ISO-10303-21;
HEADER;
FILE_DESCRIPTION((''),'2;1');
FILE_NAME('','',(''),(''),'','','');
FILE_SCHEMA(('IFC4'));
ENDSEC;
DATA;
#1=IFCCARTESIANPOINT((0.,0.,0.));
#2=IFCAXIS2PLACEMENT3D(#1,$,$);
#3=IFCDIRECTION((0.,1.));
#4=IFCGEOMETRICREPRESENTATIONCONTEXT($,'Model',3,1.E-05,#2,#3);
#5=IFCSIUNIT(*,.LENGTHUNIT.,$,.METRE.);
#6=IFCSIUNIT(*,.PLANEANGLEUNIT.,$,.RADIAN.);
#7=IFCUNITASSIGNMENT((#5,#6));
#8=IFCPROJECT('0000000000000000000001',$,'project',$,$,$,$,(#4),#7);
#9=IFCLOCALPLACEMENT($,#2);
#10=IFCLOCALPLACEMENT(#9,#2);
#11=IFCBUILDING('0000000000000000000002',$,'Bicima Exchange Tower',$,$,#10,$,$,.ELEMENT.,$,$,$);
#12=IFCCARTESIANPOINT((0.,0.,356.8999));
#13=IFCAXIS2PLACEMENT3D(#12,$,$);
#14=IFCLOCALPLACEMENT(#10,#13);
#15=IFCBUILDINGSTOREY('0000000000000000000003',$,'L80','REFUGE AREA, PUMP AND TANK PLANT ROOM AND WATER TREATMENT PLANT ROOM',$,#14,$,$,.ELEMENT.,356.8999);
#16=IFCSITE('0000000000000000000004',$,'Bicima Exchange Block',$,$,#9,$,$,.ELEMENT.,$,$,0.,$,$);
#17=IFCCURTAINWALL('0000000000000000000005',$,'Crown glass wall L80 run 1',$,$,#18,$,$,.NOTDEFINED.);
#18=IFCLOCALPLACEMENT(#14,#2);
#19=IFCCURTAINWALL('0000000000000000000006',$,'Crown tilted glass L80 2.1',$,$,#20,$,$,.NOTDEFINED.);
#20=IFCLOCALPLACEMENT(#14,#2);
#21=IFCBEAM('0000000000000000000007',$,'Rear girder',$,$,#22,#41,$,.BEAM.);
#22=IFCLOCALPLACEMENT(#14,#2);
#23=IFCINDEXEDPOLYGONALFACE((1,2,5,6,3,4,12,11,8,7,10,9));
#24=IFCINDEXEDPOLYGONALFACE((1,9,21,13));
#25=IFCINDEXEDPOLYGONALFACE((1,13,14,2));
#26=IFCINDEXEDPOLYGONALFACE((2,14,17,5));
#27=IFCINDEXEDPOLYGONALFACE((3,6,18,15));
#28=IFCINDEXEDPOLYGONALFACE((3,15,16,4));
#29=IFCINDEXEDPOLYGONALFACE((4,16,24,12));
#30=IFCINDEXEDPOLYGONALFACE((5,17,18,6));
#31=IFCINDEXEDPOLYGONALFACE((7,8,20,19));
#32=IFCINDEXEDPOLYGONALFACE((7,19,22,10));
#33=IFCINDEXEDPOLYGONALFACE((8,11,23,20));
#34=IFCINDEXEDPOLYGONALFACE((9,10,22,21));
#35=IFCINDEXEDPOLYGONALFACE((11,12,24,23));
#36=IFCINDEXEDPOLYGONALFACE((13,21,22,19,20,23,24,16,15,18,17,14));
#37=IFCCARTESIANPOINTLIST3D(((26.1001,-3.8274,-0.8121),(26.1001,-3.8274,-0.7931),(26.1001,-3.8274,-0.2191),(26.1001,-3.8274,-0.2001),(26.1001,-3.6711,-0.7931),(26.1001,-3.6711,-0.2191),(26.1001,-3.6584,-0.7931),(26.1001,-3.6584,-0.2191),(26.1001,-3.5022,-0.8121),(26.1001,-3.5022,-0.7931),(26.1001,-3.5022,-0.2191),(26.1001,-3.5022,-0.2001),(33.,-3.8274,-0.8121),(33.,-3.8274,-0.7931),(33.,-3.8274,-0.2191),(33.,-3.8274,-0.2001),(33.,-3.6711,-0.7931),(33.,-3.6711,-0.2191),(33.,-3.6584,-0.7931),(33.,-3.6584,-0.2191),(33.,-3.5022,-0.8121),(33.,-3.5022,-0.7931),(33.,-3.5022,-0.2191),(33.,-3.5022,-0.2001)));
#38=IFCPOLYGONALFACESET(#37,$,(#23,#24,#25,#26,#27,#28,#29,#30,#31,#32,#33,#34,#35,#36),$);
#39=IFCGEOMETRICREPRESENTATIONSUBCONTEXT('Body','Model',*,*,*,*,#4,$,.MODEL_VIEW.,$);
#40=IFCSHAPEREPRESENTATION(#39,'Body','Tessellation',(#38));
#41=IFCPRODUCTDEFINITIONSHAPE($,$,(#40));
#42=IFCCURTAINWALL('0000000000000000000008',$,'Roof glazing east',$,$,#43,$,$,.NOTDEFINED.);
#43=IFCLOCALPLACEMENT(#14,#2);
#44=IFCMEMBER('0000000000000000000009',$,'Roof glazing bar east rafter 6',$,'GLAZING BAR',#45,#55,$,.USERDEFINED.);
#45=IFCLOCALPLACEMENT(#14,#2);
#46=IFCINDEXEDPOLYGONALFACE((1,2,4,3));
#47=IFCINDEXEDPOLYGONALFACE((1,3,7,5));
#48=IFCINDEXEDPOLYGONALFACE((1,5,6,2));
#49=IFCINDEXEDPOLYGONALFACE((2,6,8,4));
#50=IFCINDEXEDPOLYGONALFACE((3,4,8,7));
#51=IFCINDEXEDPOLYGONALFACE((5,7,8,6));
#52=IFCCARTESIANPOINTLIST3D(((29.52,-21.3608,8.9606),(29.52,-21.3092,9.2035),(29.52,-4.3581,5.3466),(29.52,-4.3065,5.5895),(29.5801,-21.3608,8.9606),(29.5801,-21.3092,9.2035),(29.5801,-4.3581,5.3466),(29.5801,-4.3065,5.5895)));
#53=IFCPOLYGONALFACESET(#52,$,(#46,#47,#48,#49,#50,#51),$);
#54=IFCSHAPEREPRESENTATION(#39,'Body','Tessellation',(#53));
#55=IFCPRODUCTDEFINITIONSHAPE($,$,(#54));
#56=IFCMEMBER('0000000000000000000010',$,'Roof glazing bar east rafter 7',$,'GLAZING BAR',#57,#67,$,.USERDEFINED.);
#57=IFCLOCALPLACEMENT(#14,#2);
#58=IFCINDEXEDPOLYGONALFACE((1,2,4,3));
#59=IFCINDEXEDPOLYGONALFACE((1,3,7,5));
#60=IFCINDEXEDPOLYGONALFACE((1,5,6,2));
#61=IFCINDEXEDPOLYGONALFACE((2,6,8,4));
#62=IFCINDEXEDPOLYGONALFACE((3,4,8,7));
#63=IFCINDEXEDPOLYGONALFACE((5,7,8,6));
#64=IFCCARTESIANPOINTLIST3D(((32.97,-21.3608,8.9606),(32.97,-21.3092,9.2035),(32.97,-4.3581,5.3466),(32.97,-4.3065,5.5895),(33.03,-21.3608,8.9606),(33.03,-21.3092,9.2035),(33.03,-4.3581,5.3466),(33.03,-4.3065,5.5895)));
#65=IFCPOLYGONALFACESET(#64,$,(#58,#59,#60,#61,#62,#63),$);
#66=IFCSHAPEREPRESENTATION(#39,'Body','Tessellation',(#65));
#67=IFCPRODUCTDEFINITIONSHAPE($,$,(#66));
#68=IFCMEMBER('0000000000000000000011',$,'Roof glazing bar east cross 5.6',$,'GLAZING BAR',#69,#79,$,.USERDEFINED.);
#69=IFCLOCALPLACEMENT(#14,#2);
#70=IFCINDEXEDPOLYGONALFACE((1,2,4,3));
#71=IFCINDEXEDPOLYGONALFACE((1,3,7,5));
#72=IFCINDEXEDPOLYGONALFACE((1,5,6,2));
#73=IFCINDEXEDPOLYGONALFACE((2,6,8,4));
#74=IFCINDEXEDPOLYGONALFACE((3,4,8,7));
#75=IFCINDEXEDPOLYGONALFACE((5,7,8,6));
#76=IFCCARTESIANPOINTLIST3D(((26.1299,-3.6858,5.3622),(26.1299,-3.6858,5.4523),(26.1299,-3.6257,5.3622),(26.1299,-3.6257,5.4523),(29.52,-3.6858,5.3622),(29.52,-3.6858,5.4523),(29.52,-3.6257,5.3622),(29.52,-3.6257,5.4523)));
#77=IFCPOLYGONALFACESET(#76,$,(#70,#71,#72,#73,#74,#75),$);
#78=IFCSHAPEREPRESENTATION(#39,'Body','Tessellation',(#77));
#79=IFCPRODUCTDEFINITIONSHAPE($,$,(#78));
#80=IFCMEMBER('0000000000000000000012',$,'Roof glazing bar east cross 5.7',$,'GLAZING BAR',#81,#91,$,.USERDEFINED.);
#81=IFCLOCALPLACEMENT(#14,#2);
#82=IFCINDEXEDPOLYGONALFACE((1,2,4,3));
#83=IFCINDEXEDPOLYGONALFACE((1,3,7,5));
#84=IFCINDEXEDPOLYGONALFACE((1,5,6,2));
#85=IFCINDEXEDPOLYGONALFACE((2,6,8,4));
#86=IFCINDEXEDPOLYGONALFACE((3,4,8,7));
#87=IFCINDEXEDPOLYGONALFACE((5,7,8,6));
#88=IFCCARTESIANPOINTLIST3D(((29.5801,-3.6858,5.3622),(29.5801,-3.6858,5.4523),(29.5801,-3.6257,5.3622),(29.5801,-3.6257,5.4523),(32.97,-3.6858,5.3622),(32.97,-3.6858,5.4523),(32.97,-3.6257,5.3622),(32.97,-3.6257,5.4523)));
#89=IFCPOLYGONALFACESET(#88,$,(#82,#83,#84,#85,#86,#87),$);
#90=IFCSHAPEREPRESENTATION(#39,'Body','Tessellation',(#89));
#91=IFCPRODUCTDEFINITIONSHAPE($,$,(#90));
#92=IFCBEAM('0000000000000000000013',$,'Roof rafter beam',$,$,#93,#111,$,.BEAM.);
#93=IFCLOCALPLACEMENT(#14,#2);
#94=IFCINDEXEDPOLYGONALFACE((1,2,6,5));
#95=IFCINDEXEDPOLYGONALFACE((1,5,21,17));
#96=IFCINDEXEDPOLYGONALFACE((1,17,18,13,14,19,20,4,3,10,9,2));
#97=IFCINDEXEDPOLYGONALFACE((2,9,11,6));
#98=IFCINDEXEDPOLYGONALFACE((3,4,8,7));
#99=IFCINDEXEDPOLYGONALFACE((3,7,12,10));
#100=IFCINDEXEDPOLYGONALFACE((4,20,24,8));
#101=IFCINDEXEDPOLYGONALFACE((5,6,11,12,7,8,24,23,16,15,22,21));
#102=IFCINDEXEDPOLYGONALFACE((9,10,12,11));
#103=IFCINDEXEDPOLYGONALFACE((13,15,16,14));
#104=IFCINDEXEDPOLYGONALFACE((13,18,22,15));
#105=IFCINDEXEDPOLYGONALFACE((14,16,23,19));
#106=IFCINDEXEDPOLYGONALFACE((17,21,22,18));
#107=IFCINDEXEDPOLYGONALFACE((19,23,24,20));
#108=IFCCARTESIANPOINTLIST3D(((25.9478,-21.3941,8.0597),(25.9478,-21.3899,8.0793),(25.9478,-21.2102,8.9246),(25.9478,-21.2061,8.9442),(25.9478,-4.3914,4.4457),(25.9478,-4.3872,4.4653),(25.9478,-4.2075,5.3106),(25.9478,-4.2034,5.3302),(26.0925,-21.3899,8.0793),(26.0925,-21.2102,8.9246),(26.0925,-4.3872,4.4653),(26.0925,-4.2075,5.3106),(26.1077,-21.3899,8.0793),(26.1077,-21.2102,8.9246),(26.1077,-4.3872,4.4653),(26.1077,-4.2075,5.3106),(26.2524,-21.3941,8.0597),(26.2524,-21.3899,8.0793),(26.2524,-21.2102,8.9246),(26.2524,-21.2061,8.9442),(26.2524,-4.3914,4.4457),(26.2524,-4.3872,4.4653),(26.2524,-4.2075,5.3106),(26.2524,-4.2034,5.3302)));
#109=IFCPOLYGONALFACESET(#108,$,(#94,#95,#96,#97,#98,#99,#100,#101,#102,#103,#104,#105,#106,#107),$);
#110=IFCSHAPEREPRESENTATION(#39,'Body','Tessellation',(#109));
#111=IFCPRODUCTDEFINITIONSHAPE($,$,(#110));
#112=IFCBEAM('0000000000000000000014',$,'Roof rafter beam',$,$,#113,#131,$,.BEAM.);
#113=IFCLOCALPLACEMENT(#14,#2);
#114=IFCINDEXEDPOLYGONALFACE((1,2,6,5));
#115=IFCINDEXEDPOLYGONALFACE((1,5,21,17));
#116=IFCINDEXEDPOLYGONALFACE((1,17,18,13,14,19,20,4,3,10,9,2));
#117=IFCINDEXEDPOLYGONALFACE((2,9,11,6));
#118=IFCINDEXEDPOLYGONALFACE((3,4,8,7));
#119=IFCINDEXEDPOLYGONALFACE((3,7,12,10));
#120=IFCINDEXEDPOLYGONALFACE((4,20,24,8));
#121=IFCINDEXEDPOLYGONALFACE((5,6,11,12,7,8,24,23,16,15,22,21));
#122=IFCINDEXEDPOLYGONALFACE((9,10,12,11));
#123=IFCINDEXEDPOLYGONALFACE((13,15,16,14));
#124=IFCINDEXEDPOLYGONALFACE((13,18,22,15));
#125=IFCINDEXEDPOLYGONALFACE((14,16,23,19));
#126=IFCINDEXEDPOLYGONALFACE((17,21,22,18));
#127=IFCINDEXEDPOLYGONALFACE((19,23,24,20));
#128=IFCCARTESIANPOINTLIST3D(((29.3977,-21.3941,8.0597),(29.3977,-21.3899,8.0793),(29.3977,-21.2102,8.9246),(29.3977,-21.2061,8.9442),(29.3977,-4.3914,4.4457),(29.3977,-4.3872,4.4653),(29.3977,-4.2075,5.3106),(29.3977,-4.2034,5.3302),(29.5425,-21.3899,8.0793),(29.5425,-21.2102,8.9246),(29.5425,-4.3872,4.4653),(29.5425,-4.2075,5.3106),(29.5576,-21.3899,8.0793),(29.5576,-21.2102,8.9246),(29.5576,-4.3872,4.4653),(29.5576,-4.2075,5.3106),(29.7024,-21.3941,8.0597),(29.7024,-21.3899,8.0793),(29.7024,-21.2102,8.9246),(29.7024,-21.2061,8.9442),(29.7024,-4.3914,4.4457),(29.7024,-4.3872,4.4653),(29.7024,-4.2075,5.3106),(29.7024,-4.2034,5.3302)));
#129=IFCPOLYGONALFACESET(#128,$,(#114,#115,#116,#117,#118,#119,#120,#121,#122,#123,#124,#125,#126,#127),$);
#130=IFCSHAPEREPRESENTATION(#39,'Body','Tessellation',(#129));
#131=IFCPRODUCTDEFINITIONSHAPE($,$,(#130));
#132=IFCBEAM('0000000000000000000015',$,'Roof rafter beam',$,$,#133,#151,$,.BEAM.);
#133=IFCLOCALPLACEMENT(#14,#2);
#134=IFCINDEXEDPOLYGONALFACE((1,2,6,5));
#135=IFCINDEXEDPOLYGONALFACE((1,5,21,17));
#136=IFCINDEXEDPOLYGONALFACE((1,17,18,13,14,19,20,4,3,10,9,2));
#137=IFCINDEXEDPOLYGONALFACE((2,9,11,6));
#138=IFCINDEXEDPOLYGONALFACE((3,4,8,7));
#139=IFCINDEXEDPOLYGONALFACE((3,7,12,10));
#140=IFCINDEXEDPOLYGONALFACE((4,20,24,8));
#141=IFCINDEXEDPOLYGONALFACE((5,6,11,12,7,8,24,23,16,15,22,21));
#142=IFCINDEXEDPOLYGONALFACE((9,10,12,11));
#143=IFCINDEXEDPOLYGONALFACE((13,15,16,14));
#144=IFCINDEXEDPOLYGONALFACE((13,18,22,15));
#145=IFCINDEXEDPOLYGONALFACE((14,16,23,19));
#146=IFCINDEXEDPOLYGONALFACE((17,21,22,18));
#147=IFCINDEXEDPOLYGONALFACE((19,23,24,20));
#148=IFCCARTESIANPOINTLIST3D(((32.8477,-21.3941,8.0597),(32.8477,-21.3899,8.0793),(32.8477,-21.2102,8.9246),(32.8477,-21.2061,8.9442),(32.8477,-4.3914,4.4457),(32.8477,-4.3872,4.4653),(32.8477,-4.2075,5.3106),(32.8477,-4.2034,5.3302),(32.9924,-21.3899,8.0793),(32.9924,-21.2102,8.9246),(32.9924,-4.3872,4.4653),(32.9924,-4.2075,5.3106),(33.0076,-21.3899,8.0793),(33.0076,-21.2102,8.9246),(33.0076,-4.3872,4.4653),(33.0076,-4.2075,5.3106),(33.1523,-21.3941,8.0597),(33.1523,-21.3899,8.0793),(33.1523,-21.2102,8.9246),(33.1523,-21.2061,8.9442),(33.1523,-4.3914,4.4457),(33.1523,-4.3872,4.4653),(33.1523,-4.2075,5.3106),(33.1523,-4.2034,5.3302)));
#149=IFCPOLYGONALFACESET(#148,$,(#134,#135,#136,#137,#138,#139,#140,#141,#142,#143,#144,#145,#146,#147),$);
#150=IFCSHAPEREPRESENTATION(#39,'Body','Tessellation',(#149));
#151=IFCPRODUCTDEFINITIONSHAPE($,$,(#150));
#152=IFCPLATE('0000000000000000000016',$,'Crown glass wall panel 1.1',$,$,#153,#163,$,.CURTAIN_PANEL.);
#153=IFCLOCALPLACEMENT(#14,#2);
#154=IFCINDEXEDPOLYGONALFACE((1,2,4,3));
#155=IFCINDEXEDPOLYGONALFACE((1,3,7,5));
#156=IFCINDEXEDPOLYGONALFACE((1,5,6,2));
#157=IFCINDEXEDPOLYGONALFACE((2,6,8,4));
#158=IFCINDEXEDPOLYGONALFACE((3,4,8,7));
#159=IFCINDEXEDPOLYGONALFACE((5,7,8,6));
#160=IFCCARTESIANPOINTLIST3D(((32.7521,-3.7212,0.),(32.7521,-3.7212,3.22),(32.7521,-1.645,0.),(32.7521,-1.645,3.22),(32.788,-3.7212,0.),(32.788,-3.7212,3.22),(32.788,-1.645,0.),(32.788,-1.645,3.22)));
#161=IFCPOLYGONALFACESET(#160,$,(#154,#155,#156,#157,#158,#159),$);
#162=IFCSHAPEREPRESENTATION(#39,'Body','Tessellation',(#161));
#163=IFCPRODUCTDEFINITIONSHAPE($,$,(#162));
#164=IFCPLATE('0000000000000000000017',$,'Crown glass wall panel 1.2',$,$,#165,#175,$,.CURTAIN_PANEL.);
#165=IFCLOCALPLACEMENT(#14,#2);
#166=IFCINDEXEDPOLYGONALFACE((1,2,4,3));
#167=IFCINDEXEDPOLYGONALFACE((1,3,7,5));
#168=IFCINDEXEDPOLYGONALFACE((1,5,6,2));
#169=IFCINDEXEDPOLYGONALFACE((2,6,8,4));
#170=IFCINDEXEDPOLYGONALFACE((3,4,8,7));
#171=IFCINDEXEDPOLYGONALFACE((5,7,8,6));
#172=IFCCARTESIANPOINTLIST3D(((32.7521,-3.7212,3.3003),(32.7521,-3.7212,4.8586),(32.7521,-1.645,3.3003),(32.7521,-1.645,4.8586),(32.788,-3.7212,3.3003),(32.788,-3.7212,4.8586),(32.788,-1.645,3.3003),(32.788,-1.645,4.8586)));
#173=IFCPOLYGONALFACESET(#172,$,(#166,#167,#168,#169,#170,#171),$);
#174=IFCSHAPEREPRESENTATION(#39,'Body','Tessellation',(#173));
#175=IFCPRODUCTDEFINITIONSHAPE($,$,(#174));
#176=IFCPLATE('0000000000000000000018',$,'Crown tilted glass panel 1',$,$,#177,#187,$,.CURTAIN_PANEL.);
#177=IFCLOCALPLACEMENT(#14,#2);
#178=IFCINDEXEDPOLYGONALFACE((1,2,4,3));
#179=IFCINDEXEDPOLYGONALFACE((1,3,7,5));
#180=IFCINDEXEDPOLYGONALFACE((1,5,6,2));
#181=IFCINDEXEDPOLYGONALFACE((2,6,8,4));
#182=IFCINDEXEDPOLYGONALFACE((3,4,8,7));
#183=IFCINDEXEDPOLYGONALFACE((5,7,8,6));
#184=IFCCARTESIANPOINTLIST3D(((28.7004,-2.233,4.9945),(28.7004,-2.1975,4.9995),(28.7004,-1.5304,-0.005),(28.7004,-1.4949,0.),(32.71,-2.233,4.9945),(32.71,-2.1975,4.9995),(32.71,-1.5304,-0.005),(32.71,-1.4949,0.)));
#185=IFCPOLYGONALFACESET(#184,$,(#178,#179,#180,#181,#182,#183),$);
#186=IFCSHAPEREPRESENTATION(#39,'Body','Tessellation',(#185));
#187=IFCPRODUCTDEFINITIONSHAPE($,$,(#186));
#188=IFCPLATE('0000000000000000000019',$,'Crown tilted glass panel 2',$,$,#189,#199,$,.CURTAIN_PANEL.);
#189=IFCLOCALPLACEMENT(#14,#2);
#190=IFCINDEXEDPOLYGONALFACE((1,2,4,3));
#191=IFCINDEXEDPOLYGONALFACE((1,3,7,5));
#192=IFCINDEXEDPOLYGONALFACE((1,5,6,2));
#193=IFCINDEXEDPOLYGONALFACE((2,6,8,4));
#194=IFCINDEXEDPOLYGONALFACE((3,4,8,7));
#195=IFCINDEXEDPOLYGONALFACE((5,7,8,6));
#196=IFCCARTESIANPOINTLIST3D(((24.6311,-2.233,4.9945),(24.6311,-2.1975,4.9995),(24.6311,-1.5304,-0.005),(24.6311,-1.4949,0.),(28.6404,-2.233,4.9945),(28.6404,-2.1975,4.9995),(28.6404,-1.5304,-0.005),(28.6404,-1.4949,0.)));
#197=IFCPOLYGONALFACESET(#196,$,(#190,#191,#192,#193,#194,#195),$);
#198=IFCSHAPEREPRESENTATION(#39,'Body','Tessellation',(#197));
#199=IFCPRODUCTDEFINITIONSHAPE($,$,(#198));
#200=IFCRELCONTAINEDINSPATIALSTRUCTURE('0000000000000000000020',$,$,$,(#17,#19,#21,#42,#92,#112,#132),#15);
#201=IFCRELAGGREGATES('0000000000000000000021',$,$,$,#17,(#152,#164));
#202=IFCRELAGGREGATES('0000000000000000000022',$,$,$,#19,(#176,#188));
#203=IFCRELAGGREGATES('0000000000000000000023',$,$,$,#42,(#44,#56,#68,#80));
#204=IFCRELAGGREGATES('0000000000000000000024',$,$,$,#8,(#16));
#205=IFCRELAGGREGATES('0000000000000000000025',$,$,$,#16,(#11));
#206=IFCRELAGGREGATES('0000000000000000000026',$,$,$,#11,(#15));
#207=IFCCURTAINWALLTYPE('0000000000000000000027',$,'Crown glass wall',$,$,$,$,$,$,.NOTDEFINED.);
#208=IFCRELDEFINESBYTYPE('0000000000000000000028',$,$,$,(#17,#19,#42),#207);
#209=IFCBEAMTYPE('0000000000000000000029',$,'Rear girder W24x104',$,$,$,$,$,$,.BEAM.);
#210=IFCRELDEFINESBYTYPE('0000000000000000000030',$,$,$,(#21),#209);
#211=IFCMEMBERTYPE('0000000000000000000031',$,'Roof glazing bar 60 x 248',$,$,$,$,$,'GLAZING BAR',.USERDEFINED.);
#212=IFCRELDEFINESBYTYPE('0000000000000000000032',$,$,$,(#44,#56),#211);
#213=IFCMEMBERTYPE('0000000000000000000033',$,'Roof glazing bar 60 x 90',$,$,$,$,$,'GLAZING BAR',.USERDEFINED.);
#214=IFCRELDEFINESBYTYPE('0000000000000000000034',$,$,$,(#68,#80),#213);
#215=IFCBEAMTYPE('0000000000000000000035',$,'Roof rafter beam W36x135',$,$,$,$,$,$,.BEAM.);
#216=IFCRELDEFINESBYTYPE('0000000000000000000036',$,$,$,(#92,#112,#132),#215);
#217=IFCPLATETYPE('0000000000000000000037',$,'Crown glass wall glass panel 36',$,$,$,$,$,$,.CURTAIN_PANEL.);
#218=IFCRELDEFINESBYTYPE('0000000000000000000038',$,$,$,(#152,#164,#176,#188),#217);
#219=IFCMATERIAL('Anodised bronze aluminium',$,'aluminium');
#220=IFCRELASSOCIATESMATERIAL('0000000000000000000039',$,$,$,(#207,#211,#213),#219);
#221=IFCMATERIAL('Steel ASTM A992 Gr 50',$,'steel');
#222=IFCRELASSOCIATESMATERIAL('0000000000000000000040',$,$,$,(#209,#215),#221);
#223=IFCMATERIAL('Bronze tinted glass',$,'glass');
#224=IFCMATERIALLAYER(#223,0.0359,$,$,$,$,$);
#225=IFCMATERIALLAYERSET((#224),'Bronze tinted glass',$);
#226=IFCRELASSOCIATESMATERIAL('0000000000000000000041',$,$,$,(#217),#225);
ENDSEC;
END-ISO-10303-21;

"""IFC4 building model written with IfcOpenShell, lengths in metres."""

from ifc_helpers import new_model, si_unit, direction, frame, origin, origin_2d, place, context, subcontext, project, spatial, polyline, rectangle, i_section, outline, extrude, material, layer, layer_set, material_profile, profile_set, type_object, element, aggregate, save


model = new_model("IFC4")

# Units and contexts
model_context = context("Model", 3, precision=1e-05, world=origin(), true_north=direction((0.0, 1.0)))
body_context = subcontext(model_context, "Body", "Model", "MODEL_VIEW")
ifc_project = project(units=[si_unit("LENGTHUNIT", "METRE"), si_unit("PLANEANGLEUNIT", "RADIAN")], contexts=[model_context])

# Site, building, storey
site_placement = place(None, origin())
site = spatial("IfcSite", under=ifc_project, at=site_placement, Name="Bicima Exchange Block", CompositionType="ELEMENT", RefElevation=0.0)
building_placement = place(site_placement, origin())
building = spatial("IfcBuilding", under=site, at=building_placement, Name="Bicima Exchange Tower", CompositionType="ELEMENT")
storey_placement = place(building_placement, frame((0.0, 0.0, 356.8999)))
storey = spatial("IfcBuildingStorey", under=building, at=storey_placement, Name="L80", Description="REFUGE AREA, PUMP AND TANK PLANT ROOM AND WATER TREATMENT PLANT ROOM", CompositionType="ELEMENT", Elevation=356.8999)

# Shared definitions
ifc_material_1 = material(Name="Steel ASTM A992 Gr 50", Category="steel")

# Curtain walls
ifc_material_2 = material(Name="Anodised bronze aluminium", Category="aluminium")
curtain_wall_type = type_object("IfcCurtainWallType", Name="Crown glass wall", PredefinedType="NOTDEFINED", material=ifc_material_2)
curtain_wall_1_placement = place(storey_placement, origin())
curtain_wall_1 = element("IfcCurtainWall", 1, at=curtain_wall_1_placement, inside=storey, type_object=curtain_wall_type, Name="Crown glass wall L80 run 1", PredefinedType="NOTDEFINED")
curtain_wall_2_placement = place(storey_placement, origin())
curtain_wall_2 = element("IfcCurtainWall", 2, at=curtain_wall_2_placement, inside=storey, type_object=curtain_wall_type, Name="Crown tilted glass L80 2.1", PredefinedType="NOTDEFINED")

# Beam
ifc_material_profile_1 = material_profile(ifc_material_1, i_section(OverallWidth=0.3252, OverallDepth=0.6121, WebThickness=0.0127, FlangeThickness=0.019, at=origin_2d()))
ifc_profile_set_1 = profile_set([ifc_material_profile_1], Name="Steel ASTM A992 Gr 50")
beam_type_1 = type_object("IfcBeamType", Name="Rear girder W24x104", PredefinedType="BEAM", material=ifc_profile_set_1)
beam_1_placement = place(storey_placement, frame((26.1001, -3.6648, -0.5061), z_axis=(1.0, 0.0, 0.0), x_axis=(0.0, 1.0, 0.0)))
element("IfcBeam", 3, at=beam_1_placement, inside=storey, type_object=beam_type_1, Name="Rear girder", PredefinedType="BEAM", context=body_context, shape_type="SweptSolid", body=[
    extrude(i_section(OverallWidth=0.3252, OverallDepth=0.6121, WebThickness=0.0127, FlangeThickness=0.019, at=origin_2d()), origin(), (0.0, 0.0, 1.0), 6.8999),
])

# Curtain wall, members
curtain_wall_3_placement = place(storey_placement, origin())
curtain_wall_3 = element("IfcCurtainWall", 4, at=curtain_wall_3_placement, inside=storey, type_object=curtain_wall_type, Name="Roof glazing east", PredefinedType="NOTDEFINED")
ifc_material_profile_2 = material_profile(ifc_material_2, rectangle(XDim=0.0601, YDim=0.2483, at=origin_2d()))
ifc_profile_set_2 = profile_set([ifc_material_profile_2], Name="Anodised bronze aluminium")
member_type_1 = type_object("IfcMemberType", Name="Roof glazing bar 60 x 248", ElementType="GLAZING BAR", PredefinedType="USERDEFINED", material=ifc_profile_set_2)
member_1_placement = place(storey_placement, frame((29.55, -4.3323, 5.468), z_axis=(0.0, -0.978148, 0.207911), x_axis=(1.0, 0.0, 0.0)))
member_1 = element("IfcMember", 5, at=member_1_placement, type_object=member_type_1, Name="Roof glazing bar east rafter 6", ObjectType="GLAZING BAR", PredefinedType="USERDEFINED", context=body_context, shape_type="SweptSolid", body=[
    extrude(rectangle(XDim=0.0601, YDim=0.2483, at=origin_2d()), origin(), (0.0, 0.0, 1.0), 17.3826),
])
member_2_placement = place(storey_placement, frame((33.0, -4.3323, 5.468), z_axis=(0.0, -0.978148, 0.207911), x_axis=(1.0, 0.0, 0.0)))
member_2 = element("IfcMember", 6, at=member_2_placement, type_object=member_type_1, Name="Roof glazing bar east rafter 7", ObjectType="GLAZING BAR", PredefinedType="USERDEFINED", context=body_context, shape_type="SweptSolid", body=[
    extrude(rectangle(XDim=0.0601, YDim=0.2483, at=origin_2d()), origin(), (0.0, 0.0, 1.0), 17.3826),
])
ifc_material_profile_3 = material_profile(ifc_material_2, rectangle(XDim=0.0601, YDim=0.0901, at=origin_2d()))
ifc_profile_set_3 = profile_set([ifc_material_profile_3], Name="Anodised bronze aluminium")
member_type_2 = type_object("IfcMemberType", Name="Roof glazing bar 60 x 90", ElementType="GLAZING BAR", PredefinedType="USERDEFINED", material=ifc_profile_set_3)
member_3_placement = place(storey_placement, frame((26.1299, -3.6558, 5.4072), z_axis=(1.0, 0.0, 0.0), x_axis=(0.0, 1.0, 0.0)))
member_3 = element("IfcMember", 7, at=member_3_placement, type_object=member_type_2, Name="Roof glazing bar east cross 5.6", ObjectType="GLAZING BAR", PredefinedType="USERDEFINED", context=body_context, shape_type="SweptSolid", body=[
    extrude(rectangle(XDim=0.0601, YDim=0.0901, at=origin_2d()), origin(), (0.0, 0.0, 1.0), 3.3901),
])
member_4_placement = place(storey_placement, frame((29.5801, -3.6558, 5.4072), z_axis=(1.0, 0.0, 0.0), x_axis=(0.0, 1.0, 0.0)))
member_4 = element("IfcMember", 8, at=member_4_placement, type_object=member_type_2, Name="Roof glazing bar east cross 5.7", ObjectType="GLAZING BAR", PredefinedType="USERDEFINED", context=body_context, shape_type="SweptSolid", body=[
    extrude(rectangle(XDim=0.0601, YDim=0.0901, at=origin_2d()), origin(), (0.0, 0.0, 1.0), 3.3899),
])

# Beams
ifc_material_profile_4 = material_profile(ifc_material_1, i_section(OverallWidth=0.3047, OverallDepth=0.9043, WebThickness=0.0151, FlangeThickness=0.02, at=origin_2d()))
ifc_profile_set_4 = profile_set([ifc_material_profile_4], Name="Steel ASTM A992 Gr 50")
beam_type_2 = type_object("IfcBeamType", Name="Roof rafter beam W36x135", PredefinedType="BEAM", material=ifc_profile_set_4)
for number, where, z_axis, x_axis, name in (
    (9, (26.1001, -4.2974, 4.8879), (0.0, -0.978148, 0.207911), (1.0, 0.0, 0.0), "Roof rafter beam"),
    (10, (29.55, -4.2974, 4.8879), (0.0, -0.978148, 0.207911), (1.0, 0.0, 0.0), "Roof rafter beam"),
    (11, (33.0, -4.2974, 4.8879), (0.0, -0.978148, 0.207911), (1.0, 0.0, 0.0), "Roof rafter beam"),
):
    element("IfcBeam", number, at=place(storey_placement, frame(where, z_axis=z_axis, x_axis=x_axis)), inside=storey, type_object=beam_type_2, Name=name, PredefinedType="BEAM", context=body_context, shape_type="SweptSolid", body=[
        extrude(i_section(OverallWidth=0.3047, OverallDepth=0.9043, WebThickness=0.0151, FlangeThickness=0.02, at=origin_2d()), origin(), (0.0, 0.0, 1.0), 17.3826),
    ])

# Plates
ifc_material_3 = material(Name="Bronze tinted glass", Category="glass")
ifc_layer_1 = layer(ifc_material_3, 0.0359)
ifc_layer_set_1 = layer_set([ifc_layer_1], Name="Bronze tinted glass")
plate_type_1 = type_object("IfcPlateType", Name="Crown glass wall glass panel 36", PredefinedType="CURTAIN_PANEL", material=ifc_layer_set_1)
plate_1_placement = place(storey_placement, frame((32.77, -2.6831, 0.0), z_axis=(0.0, 0.0, 1.0), x_axis=(0.0, 1.0, 0.0)))
plate_1 = element("IfcPlate", 12, at=plate_1_placement, type_object=plate_type_1, Name="Crown glass wall panel 1.1", PredefinedType="CURTAIN_PANEL", context=body_context, shape_type="SweptSolid", body=[
    extrude(rectangle(XDim=2.0762, YDim=0.0359, at=origin_2d()), origin(), (0.0, 0.0, 1.0), 3.22),
])
plate_2_placement = place(storey_placement, frame((32.77, -2.6831, 3.3003), z_axis=(0.0, 0.0, 1.0), x_axis=(0.0, 1.0, 0.0)))
plate_2 = element("IfcPlate", 13, at=plate_2_placement, type_object=plate_type_1, Name="Crown glass wall panel 1.2", PredefinedType="CURTAIN_PANEL", context=body_context, shape_type="SweptSolid", body=[
    extrude(rectangle(XDim=2.0762, YDim=0.0359, at=origin_2d()), origin(), (0.0, 0.0, 1.0), 1.5583),
])
aggregate(curtain_wall_1, [plate_1, plate_2])
plate_3_placement = place(storey_placement, frame((32.71, -1.4949, 0.0), z_axis=(0.0, 0.990268, 0.139173), x_axis=(-1.0, 0.0, 0.0)))
plate_3 = element("IfcPlate", 14, at=plate_3_placement, type_object=plate_type_1, Name="Crown tilted glass panel 1", PredefinedType="CURTAIN_PANEL", context=body_context, shape_type="SweptSolid", body=[
    extrude(outline(polyline([(0.0, 0.0), (4.0095, 0.0), (4.0095, 5.0486), (0.0, 5.0486), (0.0, 0.0)])), origin(), (0.0, 0.0, -1.0), 0.0359),
])
plate_4_placement = place(storey_placement, frame((28.6404, -1.4949, 0.0), z_axis=(0.0, 0.990268, 0.139173), x_axis=(-1.0, 0.0, 0.0)))
plate_4 = element("IfcPlate", 15, at=plate_4_placement, type_object=plate_type_1, Name="Crown tilted glass panel 2", PredefinedType="CURTAIN_PANEL", context=body_context, shape_type="SweptSolid", body=[
    extrude(outline(polyline([(0.0, 0.0), (4.0093, 0.0), (4.0093, 5.0486), (0.0, 5.0486), (0.0, 0.0)])), origin(), (0.0, 0.0, -1.0), 0.0359),
])
aggregate(curtain_wall_2, [plate_3, plate_4])
aggregate(curtain_wall_3, [member_1, member_2, member_3, member_4])

save(model, "model.ifc")
